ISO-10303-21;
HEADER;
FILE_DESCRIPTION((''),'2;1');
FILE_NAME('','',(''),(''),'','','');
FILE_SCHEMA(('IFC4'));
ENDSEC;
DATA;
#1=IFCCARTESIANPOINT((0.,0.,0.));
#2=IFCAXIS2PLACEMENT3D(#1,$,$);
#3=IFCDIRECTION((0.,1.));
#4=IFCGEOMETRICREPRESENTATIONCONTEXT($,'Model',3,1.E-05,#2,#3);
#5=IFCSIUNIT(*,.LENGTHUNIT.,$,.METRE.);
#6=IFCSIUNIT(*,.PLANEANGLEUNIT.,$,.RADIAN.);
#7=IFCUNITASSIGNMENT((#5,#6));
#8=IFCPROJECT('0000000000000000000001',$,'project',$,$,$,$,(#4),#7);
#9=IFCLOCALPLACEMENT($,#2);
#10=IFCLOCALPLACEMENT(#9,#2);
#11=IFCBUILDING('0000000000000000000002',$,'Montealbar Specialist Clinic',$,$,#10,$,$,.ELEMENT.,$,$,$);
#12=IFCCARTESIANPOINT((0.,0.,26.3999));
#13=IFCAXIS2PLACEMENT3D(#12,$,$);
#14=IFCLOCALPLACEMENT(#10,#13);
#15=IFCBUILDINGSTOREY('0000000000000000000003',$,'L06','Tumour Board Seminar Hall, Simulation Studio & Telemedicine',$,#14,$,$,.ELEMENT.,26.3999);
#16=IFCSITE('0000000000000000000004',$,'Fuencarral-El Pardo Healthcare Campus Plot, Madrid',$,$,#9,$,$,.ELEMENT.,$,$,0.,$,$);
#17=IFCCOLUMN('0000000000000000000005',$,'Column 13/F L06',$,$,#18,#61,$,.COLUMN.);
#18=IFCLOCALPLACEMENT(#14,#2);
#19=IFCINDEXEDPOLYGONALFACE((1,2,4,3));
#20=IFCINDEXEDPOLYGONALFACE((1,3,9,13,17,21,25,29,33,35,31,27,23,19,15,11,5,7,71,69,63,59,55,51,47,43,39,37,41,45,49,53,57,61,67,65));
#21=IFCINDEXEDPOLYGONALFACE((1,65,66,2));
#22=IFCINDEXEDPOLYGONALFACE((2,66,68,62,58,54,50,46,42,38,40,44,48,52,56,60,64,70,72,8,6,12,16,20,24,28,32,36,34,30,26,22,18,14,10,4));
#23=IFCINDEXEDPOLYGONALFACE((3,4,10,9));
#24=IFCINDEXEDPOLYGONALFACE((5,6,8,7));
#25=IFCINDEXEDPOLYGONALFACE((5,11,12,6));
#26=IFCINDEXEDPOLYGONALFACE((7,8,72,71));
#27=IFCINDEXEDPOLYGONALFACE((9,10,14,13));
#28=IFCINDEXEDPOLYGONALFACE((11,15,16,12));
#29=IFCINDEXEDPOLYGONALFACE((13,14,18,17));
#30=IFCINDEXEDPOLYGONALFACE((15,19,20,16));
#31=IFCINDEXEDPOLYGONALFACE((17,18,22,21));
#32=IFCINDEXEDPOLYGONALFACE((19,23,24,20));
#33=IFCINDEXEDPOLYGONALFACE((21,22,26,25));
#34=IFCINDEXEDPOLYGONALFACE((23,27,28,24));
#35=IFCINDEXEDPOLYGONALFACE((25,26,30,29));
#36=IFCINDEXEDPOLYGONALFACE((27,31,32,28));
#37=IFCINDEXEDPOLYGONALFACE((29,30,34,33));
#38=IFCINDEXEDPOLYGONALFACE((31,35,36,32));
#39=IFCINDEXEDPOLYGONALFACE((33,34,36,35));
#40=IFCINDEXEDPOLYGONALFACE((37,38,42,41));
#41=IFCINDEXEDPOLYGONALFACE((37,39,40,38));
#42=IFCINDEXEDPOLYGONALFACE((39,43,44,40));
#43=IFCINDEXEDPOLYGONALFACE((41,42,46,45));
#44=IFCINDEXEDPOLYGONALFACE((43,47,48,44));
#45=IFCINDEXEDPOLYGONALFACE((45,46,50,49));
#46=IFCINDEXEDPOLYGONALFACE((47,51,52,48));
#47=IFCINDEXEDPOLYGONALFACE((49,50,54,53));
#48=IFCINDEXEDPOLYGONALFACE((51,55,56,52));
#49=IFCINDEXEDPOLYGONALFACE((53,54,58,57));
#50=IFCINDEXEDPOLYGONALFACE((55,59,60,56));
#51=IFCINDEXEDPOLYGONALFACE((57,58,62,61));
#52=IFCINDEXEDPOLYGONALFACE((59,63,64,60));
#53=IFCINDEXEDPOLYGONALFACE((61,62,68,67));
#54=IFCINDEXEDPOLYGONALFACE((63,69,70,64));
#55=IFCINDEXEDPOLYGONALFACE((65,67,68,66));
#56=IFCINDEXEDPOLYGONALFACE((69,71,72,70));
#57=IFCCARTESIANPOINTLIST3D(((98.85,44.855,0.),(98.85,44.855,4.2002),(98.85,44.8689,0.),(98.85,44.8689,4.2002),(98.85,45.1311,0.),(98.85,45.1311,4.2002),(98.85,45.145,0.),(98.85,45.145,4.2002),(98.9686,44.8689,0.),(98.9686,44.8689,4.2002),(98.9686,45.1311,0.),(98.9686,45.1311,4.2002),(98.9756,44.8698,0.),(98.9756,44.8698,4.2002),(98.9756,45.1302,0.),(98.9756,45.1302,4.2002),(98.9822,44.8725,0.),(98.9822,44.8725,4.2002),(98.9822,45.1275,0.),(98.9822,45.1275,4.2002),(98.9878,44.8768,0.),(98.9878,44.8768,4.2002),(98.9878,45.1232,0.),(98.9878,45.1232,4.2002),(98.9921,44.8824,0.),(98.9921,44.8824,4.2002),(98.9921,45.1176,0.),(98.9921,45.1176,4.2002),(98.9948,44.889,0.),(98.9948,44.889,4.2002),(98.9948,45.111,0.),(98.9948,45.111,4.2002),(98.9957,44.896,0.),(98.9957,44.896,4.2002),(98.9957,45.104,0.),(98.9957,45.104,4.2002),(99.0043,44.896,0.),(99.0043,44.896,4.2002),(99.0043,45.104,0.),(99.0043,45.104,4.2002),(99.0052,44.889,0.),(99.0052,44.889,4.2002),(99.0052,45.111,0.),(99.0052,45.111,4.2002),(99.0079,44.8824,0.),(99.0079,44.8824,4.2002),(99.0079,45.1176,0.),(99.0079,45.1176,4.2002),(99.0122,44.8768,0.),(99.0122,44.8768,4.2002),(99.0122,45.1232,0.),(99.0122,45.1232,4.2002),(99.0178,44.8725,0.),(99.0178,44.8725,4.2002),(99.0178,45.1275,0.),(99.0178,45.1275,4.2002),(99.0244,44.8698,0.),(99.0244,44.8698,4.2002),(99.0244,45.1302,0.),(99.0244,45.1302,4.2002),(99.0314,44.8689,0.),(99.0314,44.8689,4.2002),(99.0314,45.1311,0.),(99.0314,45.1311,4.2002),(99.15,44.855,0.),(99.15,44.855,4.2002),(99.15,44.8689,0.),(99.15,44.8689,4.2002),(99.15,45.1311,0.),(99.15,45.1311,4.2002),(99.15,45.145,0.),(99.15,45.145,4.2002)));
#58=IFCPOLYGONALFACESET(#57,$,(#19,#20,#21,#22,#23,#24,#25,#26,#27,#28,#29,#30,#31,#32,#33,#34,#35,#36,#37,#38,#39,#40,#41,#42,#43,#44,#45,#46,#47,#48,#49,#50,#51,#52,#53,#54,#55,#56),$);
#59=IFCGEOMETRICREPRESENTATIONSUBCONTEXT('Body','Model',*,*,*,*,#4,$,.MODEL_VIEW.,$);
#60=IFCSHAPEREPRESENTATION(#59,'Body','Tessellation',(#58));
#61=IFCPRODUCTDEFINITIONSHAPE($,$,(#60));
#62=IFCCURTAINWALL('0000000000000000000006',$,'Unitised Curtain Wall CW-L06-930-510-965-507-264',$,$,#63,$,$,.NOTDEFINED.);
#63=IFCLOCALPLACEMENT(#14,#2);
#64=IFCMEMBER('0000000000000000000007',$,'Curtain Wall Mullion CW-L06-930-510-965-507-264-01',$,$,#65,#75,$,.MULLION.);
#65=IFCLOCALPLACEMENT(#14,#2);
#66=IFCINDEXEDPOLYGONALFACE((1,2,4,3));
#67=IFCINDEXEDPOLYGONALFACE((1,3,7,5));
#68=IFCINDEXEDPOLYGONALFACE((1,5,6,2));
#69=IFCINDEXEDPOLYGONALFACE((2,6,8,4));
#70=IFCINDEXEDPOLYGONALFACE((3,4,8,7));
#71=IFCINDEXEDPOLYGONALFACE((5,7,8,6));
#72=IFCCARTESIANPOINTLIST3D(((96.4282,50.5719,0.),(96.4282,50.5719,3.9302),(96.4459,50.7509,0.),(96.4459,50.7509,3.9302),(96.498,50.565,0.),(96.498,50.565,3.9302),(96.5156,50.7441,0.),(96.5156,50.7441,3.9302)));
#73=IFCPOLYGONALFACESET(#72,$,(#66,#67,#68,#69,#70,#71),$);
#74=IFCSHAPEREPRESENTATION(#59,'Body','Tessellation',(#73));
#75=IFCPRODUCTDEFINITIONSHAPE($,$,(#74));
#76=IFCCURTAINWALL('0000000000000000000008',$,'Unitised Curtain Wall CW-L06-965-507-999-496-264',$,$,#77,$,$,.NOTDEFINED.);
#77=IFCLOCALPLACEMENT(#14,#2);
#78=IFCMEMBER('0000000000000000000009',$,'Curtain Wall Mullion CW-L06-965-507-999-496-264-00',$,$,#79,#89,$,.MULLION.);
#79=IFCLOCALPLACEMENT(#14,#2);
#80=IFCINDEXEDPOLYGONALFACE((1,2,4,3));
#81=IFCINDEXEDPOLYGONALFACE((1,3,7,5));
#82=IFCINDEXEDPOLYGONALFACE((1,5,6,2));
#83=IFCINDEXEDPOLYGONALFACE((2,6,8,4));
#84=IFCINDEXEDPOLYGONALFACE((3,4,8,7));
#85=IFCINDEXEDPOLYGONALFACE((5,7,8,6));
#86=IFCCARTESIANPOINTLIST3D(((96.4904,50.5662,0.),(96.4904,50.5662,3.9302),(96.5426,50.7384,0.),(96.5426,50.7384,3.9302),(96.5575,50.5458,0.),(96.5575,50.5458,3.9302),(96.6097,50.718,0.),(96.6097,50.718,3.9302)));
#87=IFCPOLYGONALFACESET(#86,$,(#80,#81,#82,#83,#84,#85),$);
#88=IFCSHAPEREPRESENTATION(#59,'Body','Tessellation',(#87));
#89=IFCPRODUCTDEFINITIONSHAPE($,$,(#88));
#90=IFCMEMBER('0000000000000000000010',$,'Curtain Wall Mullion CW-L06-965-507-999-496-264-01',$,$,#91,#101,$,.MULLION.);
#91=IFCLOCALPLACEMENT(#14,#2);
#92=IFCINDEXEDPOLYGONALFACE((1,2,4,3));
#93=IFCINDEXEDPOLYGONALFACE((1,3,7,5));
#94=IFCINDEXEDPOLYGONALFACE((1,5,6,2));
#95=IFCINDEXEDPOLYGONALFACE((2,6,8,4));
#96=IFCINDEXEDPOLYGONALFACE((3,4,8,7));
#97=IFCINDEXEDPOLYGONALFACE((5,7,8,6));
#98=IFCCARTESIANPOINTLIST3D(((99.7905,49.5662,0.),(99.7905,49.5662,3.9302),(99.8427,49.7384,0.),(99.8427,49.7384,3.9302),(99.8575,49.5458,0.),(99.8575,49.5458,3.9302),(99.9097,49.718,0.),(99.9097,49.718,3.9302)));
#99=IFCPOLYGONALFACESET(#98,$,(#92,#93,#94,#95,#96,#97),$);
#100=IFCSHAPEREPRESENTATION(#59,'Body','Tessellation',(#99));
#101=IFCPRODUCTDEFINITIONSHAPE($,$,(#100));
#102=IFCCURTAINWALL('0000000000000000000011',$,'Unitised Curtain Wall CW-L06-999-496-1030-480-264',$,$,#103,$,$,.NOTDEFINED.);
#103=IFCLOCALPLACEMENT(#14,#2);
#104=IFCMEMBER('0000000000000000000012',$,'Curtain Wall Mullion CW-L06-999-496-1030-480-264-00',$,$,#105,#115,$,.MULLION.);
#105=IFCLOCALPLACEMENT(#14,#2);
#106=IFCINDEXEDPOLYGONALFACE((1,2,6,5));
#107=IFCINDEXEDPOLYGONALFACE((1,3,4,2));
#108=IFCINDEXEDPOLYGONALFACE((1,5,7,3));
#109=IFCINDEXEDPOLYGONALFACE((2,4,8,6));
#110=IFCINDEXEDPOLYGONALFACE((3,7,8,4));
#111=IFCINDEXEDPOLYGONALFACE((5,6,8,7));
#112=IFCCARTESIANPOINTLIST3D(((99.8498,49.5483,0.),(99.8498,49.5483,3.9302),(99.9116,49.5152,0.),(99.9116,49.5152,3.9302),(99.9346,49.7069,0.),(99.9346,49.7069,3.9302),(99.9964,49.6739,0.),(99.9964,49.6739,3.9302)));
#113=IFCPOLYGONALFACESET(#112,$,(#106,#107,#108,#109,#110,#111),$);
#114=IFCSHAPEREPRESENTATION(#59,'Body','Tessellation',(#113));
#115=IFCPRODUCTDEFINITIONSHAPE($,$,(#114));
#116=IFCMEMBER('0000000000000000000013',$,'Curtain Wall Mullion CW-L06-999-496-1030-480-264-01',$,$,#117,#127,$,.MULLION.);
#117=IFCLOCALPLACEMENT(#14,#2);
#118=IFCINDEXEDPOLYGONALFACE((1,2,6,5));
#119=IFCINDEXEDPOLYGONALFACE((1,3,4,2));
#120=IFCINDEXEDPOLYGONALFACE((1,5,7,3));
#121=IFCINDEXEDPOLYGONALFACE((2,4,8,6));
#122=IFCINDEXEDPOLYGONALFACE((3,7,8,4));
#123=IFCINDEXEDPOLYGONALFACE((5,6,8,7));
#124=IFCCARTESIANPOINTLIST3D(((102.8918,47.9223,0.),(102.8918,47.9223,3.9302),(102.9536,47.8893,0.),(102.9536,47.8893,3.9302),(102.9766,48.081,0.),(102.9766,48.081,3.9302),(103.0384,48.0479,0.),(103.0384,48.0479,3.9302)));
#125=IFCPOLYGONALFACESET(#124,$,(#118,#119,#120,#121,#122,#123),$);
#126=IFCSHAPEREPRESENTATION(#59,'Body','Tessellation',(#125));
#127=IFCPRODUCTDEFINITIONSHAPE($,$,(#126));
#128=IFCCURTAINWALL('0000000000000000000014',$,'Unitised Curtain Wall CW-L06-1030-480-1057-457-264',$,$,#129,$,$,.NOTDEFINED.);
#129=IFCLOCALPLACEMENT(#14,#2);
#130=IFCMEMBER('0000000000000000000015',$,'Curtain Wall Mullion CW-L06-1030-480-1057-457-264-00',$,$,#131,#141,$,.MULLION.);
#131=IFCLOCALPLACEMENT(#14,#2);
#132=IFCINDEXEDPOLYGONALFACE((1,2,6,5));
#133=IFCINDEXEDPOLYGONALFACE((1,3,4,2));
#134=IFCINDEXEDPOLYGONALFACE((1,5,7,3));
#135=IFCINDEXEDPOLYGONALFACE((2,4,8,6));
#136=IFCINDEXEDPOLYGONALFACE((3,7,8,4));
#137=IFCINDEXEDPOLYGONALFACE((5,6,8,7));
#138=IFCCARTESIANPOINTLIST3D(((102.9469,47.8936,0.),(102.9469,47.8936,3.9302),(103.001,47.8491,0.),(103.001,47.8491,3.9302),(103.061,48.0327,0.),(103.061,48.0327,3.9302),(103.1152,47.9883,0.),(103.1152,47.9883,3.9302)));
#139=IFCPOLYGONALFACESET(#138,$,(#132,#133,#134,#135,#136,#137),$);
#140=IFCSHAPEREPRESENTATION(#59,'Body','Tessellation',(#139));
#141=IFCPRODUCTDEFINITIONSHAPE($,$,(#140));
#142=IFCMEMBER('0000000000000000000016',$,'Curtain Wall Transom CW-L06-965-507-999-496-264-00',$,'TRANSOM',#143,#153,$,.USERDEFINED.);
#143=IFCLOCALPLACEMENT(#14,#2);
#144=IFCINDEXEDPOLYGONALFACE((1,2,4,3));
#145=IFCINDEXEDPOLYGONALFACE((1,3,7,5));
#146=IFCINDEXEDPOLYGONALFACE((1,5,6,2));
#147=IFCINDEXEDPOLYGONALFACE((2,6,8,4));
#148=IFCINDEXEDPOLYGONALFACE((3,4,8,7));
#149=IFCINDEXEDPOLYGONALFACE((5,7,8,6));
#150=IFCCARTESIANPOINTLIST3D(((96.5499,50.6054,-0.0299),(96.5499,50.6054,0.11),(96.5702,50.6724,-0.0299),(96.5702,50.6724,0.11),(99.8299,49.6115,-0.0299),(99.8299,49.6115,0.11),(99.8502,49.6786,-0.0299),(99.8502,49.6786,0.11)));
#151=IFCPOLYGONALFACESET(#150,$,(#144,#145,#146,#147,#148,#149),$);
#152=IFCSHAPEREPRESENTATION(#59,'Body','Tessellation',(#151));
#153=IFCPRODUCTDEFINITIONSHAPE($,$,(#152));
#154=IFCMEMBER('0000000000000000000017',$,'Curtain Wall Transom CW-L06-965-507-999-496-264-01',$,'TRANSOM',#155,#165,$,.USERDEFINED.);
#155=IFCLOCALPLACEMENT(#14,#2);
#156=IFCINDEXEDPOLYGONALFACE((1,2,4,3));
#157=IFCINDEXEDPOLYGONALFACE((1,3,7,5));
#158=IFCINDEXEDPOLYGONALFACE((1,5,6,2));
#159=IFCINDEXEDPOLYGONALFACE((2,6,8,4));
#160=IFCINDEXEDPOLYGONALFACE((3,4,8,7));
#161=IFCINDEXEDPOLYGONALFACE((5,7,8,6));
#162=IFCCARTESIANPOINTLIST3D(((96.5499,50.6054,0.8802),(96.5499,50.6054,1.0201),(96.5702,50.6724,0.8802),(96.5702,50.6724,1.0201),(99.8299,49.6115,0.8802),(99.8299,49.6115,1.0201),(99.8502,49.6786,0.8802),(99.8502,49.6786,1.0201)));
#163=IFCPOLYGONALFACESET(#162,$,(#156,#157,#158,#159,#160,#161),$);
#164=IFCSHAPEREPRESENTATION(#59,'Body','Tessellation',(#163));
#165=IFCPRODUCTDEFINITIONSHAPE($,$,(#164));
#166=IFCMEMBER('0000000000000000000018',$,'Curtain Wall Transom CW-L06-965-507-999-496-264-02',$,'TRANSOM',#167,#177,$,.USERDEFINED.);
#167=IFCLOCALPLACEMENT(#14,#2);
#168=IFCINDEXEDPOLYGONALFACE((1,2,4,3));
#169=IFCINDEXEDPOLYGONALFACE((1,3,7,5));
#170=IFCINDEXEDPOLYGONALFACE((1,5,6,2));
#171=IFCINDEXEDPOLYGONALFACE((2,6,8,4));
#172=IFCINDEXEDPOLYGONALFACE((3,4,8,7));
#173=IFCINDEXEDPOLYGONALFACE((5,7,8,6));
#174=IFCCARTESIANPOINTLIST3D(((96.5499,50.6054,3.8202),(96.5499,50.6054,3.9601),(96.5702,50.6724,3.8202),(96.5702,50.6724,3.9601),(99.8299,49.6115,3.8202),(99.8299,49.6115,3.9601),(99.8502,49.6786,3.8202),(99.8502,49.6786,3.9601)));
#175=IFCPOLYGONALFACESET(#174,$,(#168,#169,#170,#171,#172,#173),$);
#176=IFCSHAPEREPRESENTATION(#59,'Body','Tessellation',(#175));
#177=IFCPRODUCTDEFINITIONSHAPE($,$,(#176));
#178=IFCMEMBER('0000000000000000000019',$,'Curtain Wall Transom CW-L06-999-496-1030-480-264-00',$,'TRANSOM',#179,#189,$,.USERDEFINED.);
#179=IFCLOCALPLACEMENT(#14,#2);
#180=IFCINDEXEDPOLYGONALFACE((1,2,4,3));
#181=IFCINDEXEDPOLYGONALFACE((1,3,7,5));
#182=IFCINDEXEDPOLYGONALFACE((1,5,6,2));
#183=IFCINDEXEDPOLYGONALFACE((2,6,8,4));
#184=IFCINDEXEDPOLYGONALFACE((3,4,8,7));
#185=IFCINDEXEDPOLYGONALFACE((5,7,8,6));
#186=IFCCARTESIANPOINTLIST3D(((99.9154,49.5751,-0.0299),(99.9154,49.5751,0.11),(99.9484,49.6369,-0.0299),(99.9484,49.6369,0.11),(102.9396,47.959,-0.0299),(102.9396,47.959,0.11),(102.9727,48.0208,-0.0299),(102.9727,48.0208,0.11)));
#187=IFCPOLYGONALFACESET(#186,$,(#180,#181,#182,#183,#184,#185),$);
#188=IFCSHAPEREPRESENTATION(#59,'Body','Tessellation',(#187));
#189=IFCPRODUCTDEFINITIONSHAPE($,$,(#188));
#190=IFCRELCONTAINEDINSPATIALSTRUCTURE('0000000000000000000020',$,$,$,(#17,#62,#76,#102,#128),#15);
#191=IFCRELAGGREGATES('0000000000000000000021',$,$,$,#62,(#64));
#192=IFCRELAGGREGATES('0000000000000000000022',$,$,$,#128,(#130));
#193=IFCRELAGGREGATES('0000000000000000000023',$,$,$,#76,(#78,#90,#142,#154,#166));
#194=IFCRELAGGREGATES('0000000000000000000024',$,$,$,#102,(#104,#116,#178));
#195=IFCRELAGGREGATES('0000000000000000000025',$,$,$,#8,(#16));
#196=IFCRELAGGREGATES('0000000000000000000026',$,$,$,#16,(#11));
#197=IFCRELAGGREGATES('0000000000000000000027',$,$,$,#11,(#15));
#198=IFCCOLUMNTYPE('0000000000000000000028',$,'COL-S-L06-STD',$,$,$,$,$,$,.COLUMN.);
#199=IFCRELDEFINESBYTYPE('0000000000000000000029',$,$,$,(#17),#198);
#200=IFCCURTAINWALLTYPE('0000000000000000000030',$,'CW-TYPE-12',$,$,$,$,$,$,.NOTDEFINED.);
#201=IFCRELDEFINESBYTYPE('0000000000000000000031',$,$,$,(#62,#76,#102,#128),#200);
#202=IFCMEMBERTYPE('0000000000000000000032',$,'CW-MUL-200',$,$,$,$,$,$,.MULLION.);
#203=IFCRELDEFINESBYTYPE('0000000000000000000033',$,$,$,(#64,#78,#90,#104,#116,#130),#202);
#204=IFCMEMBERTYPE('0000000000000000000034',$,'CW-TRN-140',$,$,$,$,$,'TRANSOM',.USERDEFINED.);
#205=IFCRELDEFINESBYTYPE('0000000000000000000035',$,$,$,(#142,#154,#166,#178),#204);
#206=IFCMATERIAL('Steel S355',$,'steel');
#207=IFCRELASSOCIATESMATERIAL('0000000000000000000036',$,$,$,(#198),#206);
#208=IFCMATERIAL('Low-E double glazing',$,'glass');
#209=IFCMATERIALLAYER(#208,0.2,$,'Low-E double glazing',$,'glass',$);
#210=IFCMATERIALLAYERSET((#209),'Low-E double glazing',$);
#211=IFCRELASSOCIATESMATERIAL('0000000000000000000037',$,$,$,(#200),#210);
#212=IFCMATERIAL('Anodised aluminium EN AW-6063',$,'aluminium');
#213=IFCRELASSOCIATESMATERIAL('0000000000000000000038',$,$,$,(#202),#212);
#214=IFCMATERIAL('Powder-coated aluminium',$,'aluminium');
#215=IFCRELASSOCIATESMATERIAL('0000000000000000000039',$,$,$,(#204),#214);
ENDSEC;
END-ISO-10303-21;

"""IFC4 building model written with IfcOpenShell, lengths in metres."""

from ifc_helpers import new_model, si_unit, direction, frame, origin, origin_2d, place, context, subcontext, project, spatial, rectangle, i_section, extrude, material, layer, layer_set, material_profile, profile_set, type_object, element, aggregate, save


model = new_model("IFC4")

# Units and contexts
model_context = context("Model", 3, precision=1e-05, world=origin(), true_north=direction((0.0, 1.0)))
body_context = subcontext(model_context, "Body", "Model", "MODEL_VIEW")
ifc_project = project(units=[si_unit("LENGTHUNIT", "METRE"), si_unit("PLANEANGLEUNIT", "RADIAN")], contexts=[model_context])

# Site, building, storey
site_placement = place(None, origin())
site = spatial("IfcSite", under=ifc_project, at=site_placement, Name="Fuencarral-El Pardo Healthcare Campus Plot, Madrid", CompositionType="ELEMENT", RefElevation=0.0)
building_placement = place(site_placement, origin())
building = spatial("IfcBuilding", under=site, at=building_placement, Name="Montealbar Specialist Clinic", CompositionType="ELEMENT")
storey_placement = place(building_placement, frame((0.0, 0.0, 26.3999)))
storey = spatial("IfcBuildingStorey", under=building, at=storey_placement, Name="L06", Description="Tumour Board Seminar Hall, Simulation Studio & Telemedicine", CompositionType="ELEMENT", Elevation=26.3999)

# Column
ifc_material_1 = material(Name="Steel S355", Category="steel")
ifc_material_profile_1 = material_profile(ifc_material_1, i_section(OverallWidth=0.3, OverallDepth=0.29, WebThickness=0.0085, FlangeThickness=0.0139, FilletRadius=0.0271, at=origin_2d()), Name="HEA 300", Category="steel")
ifc_profile_set_1 = profile_set([ifc_material_profile_1], Name="Steel S355")
column_type = type_object("IfcColumnType", Name="COL-S-L06-STD", PredefinedType="COLUMN", material=ifc_profile_set_1)
column_placement = place(storey_placement, frame((99.0, 45.0, 0.0), z_axis=(0.0, 0.0, 1.0), x_axis=(1.0, 0.0, 0.0)))
element("IfcColumn", 1, at=column_placement, inside=storey, type_object=column_type, Name="Column 13/F L06", PredefinedType="COLUMN", context=body_context, shape_type="SweptSolid", body=[
    extrude(i_section(OverallWidth=0.3, OverallDepth=0.29, WebThickness=0.0085, FlangeThickness=0.0139, FilletRadius=0.0271, at=origin_2d()), origin(), (0.0, 0.0, 1.0), 4.2002),
])

# Curtain wall, member
ifc_material_2 = material(Name="Low-E double glazing", Category="glass")
ifc_layer_1 = layer(ifc_material_2, 0.2, Name="Low-E double glazing", Category="glass")
ifc_layer_set_1 = layer_set([ifc_layer_1], Name="Low-E double glazing")
curtain_wall_type = type_object("IfcCurtainWallType", Name="CW-TYPE-12", PredefinedType="NOTDEFINED", material=ifc_layer_set_1)
curtain_wall_1_placement = place(storey_placement, origin())
curtain_wall_1 = element("IfcCurtainWall", 2, at=curtain_wall_1_placement, inside=storey, type_object=curtain_wall_type, Name="Unitised Curtain Wall CW-L06-930-510-965-507-264", PredefinedType="NOTDEFINED")
ifc_material_3 = material(Name="Anodised aluminium EN AW-6063", Category="aluminium")
ifc_material_profile_2 = material_profile(ifc_material_3, rectangle(XDim=0.0701, YDim=0.1799, at=origin_2d()), Name="ALU 70x180", Category="aluminium")
ifc_profile_set_2 = profile_set([ifc_material_profile_2], Name="Anodised aluminium EN AW-6063")
member_type_1 = type_object("IfcMemberType", Name="CW-MUL-200", PredefinedType="MULLION", material=ifc_profile_set_2)
member_1_placement = place(storey_placement, frame((96.4719, 50.658, 0.0), z_axis=(0.0, 0.0, 1.0), x_axis=(0.995182, -0.098045, 0.0)))
member_1 = element("IfcMember", 3, at=member_1_placement, type_object=member_type_1, Name="Curtain Wall Mullion CW-L06-930-510-965-507-264-01", PredefinedType="MULLION", context=body_context, shape_type="SweptSolid", body=[
    extrude(rectangle(XDim=0.0701, YDim=0.1799, at=origin_2d()), origin(), (0.0, 0.0, 1.0), 3.9302),
])
aggregate(curtain_wall_1, [member_1])

# Curtain walls, members
curtain_wall_2_placement = place(storey_placement, origin())
curtain_wall_2 = element("IfcCurtainWall", 4, at=curtain_wall_2_placement, inside=storey, type_object=curtain_wall_type, Name="Unitised Curtain Wall CW-L06-965-507-999-496-264", PredefinedType="NOTDEFINED")
member_2_placement = place(storey_placement, frame((96.55, 50.6421, 0.0), z_axis=(0.0, 0.0, 1.0), x_axis=(0.956948, -0.290259, 0.0)))
member_2 = element("IfcMember", 5, at=member_2_placement, type_object=member_type_1, Name="Curtain Wall Mullion CW-L06-965-507-999-496-264-00", PredefinedType="MULLION", context=body_context, shape_type="SweptSolid", body=[
    extrude(rectangle(XDim=0.0701, YDim=0.1799, at=origin_2d()), origin(), (0.0, 0.0, 1.0), 3.9302),
])
member_3_placement = place(storey_placement, frame((99.8501, 49.6421, 0.0), z_axis=(0.0, 0.0, 1.0), x_axis=(0.956948, -0.290259, 0.0)))
member_3 = element("IfcMember", 6, at=member_3_placement, type_object=member_type_1, Name="Curtain Wall Mullion CW-L06-965-507-999-496-264-01", PredefinedType="MULLION", context=body_context, shape_type="SweptSolid", body=[
    extrude(rectangle(XDim=0.0701, YDim=0.1799, at=origin_2d()), origin(), (0.0, 0.0, 1.0), 3.9302),
])
curtain_wall_3_placement = place(storey_placement, origin())
curtain_wall_3 = element("IfcCurtainWall", 7, at=curtain_wall_3_placement, inside=storey, type_object=curtain_wall_type, Name="Unitised Curtain Wall CW-L06-999-496-1030-480-264", PredefinedType="NOTDEFINED")
member_4_placement = place(storey_placement, frame((99.9231, 49.6111, 0.0), z_axis=(0.0, 0.0, 1.0), x_axis=(0.88185, -0.471529, 0.0)))
member_4 = element("IfcMember", 8, at=member_4_placement, type_object=member_type_1, Name="Curtain Wall Mullion CW-L06-999-496-1030-480-264-00", PredefinedType="MULLION", context=body_context, shape_type="SweptSolid", body=[
    extrude(rectangle(XDim=0.0701, YDim=0.1799, at=origin_2d()), origin(), (0.0, 0.0, 1.0), 3.9302),
])
member_5_placement = place(storey_placement, frame((102.9651, 47.9851, 0.0), z_axis=(0.0, 0.0, 1.0), x_axis=(0.88185, -0.471529, 0.0)))
member_5 = element("IfcMember", 9, at=member_5_placement, type_object=member_type_1, Name="Curtain Wall Mullion CW-L06-999-496-1030-480-264-01", PredefinedType="MULLION", context=body_context, shape_type="SweptSolid", body=[
    extrude(rectangle(XDim=0.0701, YDim=0.1799, at=origin_2d()), origin(), (0.0, 0.0, 1.0), 3.9302),
])

# Curtain wall, member
curtain_wall_4_placement = place(storey_placement, origin())
curtain_wall_4 = element("IfcCurtainWall", 10, at=curtain_wall_4_placement, inside=storey, type_object=curtain_wall_type, Name="Unitised Curtain Wall CW-L06-1030-480-1057-457-264", PredefinedType="NOTDEFINED")
member_6_placement = place(storey_placement, frame((103.031, 47.9409, 0.0), z_axis=(0.0, 0.0, 1.0), x_axis=(0.773123, -0.634256, 0.0)))
member_6 = element("IfcMember", 11, at=member_6_placement, type_object=member_type_1, Name="Curtain Wall Mullion CW-L06-1030-480-1057-457-264-00", PredefinedType="MULLION", context=body_context, shape_type="SweptSolid", body=[
    extrude(rectangle(XDim=0.0701, YDim=0.1799, at=origin_2d()), origin(), (0.0, 0.0, 1.0), 3.9302),
])

# Members
ifc_material_4 = material(Name="Powder-coated aluminium", Category="aluminium")
ifc_material_profile_3 = material_profile(ifc_material_4, rectangle(XDim=0.0701, YDim=0.1399, at=origin_2d()), Name="ALU 70x140", Category="aluminium")
ifc_profile_set_3 = profile_set([ifc_material_profile_3], Name="Powder-coated aluminium")
member_type_2 = type_object("IfcMemberType", Name="CW-TRN-140", ElementType="TRANSOM", PredefinedType="USERDEFINED", material=ifc_profile_set_3)
member_7_placement = place(storey_placement, frame((96.5601, 50.6389, 0.04), z_axis=(0.957029, -0.289994, 0.0), x_axis=(0.289994, 0.957029, 0.0)))
member_7 = element("IfcMember", 12, at=member_7_placement, type_object=member_type_2, Name="Curtain Wall Transom CW-L06-965-507-999-496-264-00", ObjectType="TRANSOM", PredefinedType="USERDEFINED", context=body_context, shape_type="SweptSolid", body=[
    extrude(rectangle(XDim=0.0701, YDim=0.1399, at=origin_2d()), origin(), (0.0, 0.0, 1.0), 3.4272),
])
member_8_placement = place(storey_placement, frame((96.5601, 50.6389, 0.9502), z_axis=(0.957029, -0.289994, 0.0), x_axis=(0.289994, 0.957029, 0.0)))
member_8 = element("IfcMember", 13, at=member_8_placement, type_object=member_type_2, Name="Curtain Wall Transom CW-L06-965-507-999-496-264-01", ObjectType="TRANSOM", PredefinedType="USERDEFINED", context=body_context, shape_type="SweptSolid", body=[
    extrude(rectangle(XDim=0.0701, YDim=0.1399, at=origin_2d()), origin(), (0.0, 0.0, 1.0), 3.4272),
])
member_9_placement = place(storey_placement, frame((96.5601, 50.6389, 3.8901), z_axis=(0.957029, -0.289994, 0.0), x_axis=(0.289994, 0.957029, 0.0)))
member_9 = element("IfcMember", 14, at=member_9_placement, type_object=member_type_2, Name="Curtain Wall Transom CW-L06-965-507-999-496-264-02", ObjectType="TRANSOM", PredefinedType="USERDEFINED", context=body_context, shape_type="SweptSolid", body=[
    extrude(rectangle(XDim=0.0701, YDim=0.1399, at=origin_2d()), origin(), (0.0, 0.0, 1.0), 3.4272),
])
member_10_placement = place(storey_placement, frame((99.9319, 49.606, 0.04), z_axis=(0.88198, -0.471287, 0.0), x_axis=(0.471287, 0.88198, 0.0)))
member_10 = element("IfcMember", 15, at=member_10_placement, type_object=member_type_2, Name="Curtain Wall Transom CW-L06-999-496-1030-480-264-00", ObjectType="TRANSOM", PredefinedType="USERDEFINED", context=body_context, shape_type="SweptSolid", body=[
    extrude(rectangle(XDim=0.0701, YDim=0.1399, at=origin_2d()), origin(), (0.0, 0.0, 1.0), 3.429),
])
aggregate(curtain_wall_4, [member_6])

aggregate(curtain_wall_2, [member_2, member_3, member_7, member_8, member_9])
aggregate(curtain_wall_3, [member_4, member_5, member_10])

save(model, "model.ifc")
